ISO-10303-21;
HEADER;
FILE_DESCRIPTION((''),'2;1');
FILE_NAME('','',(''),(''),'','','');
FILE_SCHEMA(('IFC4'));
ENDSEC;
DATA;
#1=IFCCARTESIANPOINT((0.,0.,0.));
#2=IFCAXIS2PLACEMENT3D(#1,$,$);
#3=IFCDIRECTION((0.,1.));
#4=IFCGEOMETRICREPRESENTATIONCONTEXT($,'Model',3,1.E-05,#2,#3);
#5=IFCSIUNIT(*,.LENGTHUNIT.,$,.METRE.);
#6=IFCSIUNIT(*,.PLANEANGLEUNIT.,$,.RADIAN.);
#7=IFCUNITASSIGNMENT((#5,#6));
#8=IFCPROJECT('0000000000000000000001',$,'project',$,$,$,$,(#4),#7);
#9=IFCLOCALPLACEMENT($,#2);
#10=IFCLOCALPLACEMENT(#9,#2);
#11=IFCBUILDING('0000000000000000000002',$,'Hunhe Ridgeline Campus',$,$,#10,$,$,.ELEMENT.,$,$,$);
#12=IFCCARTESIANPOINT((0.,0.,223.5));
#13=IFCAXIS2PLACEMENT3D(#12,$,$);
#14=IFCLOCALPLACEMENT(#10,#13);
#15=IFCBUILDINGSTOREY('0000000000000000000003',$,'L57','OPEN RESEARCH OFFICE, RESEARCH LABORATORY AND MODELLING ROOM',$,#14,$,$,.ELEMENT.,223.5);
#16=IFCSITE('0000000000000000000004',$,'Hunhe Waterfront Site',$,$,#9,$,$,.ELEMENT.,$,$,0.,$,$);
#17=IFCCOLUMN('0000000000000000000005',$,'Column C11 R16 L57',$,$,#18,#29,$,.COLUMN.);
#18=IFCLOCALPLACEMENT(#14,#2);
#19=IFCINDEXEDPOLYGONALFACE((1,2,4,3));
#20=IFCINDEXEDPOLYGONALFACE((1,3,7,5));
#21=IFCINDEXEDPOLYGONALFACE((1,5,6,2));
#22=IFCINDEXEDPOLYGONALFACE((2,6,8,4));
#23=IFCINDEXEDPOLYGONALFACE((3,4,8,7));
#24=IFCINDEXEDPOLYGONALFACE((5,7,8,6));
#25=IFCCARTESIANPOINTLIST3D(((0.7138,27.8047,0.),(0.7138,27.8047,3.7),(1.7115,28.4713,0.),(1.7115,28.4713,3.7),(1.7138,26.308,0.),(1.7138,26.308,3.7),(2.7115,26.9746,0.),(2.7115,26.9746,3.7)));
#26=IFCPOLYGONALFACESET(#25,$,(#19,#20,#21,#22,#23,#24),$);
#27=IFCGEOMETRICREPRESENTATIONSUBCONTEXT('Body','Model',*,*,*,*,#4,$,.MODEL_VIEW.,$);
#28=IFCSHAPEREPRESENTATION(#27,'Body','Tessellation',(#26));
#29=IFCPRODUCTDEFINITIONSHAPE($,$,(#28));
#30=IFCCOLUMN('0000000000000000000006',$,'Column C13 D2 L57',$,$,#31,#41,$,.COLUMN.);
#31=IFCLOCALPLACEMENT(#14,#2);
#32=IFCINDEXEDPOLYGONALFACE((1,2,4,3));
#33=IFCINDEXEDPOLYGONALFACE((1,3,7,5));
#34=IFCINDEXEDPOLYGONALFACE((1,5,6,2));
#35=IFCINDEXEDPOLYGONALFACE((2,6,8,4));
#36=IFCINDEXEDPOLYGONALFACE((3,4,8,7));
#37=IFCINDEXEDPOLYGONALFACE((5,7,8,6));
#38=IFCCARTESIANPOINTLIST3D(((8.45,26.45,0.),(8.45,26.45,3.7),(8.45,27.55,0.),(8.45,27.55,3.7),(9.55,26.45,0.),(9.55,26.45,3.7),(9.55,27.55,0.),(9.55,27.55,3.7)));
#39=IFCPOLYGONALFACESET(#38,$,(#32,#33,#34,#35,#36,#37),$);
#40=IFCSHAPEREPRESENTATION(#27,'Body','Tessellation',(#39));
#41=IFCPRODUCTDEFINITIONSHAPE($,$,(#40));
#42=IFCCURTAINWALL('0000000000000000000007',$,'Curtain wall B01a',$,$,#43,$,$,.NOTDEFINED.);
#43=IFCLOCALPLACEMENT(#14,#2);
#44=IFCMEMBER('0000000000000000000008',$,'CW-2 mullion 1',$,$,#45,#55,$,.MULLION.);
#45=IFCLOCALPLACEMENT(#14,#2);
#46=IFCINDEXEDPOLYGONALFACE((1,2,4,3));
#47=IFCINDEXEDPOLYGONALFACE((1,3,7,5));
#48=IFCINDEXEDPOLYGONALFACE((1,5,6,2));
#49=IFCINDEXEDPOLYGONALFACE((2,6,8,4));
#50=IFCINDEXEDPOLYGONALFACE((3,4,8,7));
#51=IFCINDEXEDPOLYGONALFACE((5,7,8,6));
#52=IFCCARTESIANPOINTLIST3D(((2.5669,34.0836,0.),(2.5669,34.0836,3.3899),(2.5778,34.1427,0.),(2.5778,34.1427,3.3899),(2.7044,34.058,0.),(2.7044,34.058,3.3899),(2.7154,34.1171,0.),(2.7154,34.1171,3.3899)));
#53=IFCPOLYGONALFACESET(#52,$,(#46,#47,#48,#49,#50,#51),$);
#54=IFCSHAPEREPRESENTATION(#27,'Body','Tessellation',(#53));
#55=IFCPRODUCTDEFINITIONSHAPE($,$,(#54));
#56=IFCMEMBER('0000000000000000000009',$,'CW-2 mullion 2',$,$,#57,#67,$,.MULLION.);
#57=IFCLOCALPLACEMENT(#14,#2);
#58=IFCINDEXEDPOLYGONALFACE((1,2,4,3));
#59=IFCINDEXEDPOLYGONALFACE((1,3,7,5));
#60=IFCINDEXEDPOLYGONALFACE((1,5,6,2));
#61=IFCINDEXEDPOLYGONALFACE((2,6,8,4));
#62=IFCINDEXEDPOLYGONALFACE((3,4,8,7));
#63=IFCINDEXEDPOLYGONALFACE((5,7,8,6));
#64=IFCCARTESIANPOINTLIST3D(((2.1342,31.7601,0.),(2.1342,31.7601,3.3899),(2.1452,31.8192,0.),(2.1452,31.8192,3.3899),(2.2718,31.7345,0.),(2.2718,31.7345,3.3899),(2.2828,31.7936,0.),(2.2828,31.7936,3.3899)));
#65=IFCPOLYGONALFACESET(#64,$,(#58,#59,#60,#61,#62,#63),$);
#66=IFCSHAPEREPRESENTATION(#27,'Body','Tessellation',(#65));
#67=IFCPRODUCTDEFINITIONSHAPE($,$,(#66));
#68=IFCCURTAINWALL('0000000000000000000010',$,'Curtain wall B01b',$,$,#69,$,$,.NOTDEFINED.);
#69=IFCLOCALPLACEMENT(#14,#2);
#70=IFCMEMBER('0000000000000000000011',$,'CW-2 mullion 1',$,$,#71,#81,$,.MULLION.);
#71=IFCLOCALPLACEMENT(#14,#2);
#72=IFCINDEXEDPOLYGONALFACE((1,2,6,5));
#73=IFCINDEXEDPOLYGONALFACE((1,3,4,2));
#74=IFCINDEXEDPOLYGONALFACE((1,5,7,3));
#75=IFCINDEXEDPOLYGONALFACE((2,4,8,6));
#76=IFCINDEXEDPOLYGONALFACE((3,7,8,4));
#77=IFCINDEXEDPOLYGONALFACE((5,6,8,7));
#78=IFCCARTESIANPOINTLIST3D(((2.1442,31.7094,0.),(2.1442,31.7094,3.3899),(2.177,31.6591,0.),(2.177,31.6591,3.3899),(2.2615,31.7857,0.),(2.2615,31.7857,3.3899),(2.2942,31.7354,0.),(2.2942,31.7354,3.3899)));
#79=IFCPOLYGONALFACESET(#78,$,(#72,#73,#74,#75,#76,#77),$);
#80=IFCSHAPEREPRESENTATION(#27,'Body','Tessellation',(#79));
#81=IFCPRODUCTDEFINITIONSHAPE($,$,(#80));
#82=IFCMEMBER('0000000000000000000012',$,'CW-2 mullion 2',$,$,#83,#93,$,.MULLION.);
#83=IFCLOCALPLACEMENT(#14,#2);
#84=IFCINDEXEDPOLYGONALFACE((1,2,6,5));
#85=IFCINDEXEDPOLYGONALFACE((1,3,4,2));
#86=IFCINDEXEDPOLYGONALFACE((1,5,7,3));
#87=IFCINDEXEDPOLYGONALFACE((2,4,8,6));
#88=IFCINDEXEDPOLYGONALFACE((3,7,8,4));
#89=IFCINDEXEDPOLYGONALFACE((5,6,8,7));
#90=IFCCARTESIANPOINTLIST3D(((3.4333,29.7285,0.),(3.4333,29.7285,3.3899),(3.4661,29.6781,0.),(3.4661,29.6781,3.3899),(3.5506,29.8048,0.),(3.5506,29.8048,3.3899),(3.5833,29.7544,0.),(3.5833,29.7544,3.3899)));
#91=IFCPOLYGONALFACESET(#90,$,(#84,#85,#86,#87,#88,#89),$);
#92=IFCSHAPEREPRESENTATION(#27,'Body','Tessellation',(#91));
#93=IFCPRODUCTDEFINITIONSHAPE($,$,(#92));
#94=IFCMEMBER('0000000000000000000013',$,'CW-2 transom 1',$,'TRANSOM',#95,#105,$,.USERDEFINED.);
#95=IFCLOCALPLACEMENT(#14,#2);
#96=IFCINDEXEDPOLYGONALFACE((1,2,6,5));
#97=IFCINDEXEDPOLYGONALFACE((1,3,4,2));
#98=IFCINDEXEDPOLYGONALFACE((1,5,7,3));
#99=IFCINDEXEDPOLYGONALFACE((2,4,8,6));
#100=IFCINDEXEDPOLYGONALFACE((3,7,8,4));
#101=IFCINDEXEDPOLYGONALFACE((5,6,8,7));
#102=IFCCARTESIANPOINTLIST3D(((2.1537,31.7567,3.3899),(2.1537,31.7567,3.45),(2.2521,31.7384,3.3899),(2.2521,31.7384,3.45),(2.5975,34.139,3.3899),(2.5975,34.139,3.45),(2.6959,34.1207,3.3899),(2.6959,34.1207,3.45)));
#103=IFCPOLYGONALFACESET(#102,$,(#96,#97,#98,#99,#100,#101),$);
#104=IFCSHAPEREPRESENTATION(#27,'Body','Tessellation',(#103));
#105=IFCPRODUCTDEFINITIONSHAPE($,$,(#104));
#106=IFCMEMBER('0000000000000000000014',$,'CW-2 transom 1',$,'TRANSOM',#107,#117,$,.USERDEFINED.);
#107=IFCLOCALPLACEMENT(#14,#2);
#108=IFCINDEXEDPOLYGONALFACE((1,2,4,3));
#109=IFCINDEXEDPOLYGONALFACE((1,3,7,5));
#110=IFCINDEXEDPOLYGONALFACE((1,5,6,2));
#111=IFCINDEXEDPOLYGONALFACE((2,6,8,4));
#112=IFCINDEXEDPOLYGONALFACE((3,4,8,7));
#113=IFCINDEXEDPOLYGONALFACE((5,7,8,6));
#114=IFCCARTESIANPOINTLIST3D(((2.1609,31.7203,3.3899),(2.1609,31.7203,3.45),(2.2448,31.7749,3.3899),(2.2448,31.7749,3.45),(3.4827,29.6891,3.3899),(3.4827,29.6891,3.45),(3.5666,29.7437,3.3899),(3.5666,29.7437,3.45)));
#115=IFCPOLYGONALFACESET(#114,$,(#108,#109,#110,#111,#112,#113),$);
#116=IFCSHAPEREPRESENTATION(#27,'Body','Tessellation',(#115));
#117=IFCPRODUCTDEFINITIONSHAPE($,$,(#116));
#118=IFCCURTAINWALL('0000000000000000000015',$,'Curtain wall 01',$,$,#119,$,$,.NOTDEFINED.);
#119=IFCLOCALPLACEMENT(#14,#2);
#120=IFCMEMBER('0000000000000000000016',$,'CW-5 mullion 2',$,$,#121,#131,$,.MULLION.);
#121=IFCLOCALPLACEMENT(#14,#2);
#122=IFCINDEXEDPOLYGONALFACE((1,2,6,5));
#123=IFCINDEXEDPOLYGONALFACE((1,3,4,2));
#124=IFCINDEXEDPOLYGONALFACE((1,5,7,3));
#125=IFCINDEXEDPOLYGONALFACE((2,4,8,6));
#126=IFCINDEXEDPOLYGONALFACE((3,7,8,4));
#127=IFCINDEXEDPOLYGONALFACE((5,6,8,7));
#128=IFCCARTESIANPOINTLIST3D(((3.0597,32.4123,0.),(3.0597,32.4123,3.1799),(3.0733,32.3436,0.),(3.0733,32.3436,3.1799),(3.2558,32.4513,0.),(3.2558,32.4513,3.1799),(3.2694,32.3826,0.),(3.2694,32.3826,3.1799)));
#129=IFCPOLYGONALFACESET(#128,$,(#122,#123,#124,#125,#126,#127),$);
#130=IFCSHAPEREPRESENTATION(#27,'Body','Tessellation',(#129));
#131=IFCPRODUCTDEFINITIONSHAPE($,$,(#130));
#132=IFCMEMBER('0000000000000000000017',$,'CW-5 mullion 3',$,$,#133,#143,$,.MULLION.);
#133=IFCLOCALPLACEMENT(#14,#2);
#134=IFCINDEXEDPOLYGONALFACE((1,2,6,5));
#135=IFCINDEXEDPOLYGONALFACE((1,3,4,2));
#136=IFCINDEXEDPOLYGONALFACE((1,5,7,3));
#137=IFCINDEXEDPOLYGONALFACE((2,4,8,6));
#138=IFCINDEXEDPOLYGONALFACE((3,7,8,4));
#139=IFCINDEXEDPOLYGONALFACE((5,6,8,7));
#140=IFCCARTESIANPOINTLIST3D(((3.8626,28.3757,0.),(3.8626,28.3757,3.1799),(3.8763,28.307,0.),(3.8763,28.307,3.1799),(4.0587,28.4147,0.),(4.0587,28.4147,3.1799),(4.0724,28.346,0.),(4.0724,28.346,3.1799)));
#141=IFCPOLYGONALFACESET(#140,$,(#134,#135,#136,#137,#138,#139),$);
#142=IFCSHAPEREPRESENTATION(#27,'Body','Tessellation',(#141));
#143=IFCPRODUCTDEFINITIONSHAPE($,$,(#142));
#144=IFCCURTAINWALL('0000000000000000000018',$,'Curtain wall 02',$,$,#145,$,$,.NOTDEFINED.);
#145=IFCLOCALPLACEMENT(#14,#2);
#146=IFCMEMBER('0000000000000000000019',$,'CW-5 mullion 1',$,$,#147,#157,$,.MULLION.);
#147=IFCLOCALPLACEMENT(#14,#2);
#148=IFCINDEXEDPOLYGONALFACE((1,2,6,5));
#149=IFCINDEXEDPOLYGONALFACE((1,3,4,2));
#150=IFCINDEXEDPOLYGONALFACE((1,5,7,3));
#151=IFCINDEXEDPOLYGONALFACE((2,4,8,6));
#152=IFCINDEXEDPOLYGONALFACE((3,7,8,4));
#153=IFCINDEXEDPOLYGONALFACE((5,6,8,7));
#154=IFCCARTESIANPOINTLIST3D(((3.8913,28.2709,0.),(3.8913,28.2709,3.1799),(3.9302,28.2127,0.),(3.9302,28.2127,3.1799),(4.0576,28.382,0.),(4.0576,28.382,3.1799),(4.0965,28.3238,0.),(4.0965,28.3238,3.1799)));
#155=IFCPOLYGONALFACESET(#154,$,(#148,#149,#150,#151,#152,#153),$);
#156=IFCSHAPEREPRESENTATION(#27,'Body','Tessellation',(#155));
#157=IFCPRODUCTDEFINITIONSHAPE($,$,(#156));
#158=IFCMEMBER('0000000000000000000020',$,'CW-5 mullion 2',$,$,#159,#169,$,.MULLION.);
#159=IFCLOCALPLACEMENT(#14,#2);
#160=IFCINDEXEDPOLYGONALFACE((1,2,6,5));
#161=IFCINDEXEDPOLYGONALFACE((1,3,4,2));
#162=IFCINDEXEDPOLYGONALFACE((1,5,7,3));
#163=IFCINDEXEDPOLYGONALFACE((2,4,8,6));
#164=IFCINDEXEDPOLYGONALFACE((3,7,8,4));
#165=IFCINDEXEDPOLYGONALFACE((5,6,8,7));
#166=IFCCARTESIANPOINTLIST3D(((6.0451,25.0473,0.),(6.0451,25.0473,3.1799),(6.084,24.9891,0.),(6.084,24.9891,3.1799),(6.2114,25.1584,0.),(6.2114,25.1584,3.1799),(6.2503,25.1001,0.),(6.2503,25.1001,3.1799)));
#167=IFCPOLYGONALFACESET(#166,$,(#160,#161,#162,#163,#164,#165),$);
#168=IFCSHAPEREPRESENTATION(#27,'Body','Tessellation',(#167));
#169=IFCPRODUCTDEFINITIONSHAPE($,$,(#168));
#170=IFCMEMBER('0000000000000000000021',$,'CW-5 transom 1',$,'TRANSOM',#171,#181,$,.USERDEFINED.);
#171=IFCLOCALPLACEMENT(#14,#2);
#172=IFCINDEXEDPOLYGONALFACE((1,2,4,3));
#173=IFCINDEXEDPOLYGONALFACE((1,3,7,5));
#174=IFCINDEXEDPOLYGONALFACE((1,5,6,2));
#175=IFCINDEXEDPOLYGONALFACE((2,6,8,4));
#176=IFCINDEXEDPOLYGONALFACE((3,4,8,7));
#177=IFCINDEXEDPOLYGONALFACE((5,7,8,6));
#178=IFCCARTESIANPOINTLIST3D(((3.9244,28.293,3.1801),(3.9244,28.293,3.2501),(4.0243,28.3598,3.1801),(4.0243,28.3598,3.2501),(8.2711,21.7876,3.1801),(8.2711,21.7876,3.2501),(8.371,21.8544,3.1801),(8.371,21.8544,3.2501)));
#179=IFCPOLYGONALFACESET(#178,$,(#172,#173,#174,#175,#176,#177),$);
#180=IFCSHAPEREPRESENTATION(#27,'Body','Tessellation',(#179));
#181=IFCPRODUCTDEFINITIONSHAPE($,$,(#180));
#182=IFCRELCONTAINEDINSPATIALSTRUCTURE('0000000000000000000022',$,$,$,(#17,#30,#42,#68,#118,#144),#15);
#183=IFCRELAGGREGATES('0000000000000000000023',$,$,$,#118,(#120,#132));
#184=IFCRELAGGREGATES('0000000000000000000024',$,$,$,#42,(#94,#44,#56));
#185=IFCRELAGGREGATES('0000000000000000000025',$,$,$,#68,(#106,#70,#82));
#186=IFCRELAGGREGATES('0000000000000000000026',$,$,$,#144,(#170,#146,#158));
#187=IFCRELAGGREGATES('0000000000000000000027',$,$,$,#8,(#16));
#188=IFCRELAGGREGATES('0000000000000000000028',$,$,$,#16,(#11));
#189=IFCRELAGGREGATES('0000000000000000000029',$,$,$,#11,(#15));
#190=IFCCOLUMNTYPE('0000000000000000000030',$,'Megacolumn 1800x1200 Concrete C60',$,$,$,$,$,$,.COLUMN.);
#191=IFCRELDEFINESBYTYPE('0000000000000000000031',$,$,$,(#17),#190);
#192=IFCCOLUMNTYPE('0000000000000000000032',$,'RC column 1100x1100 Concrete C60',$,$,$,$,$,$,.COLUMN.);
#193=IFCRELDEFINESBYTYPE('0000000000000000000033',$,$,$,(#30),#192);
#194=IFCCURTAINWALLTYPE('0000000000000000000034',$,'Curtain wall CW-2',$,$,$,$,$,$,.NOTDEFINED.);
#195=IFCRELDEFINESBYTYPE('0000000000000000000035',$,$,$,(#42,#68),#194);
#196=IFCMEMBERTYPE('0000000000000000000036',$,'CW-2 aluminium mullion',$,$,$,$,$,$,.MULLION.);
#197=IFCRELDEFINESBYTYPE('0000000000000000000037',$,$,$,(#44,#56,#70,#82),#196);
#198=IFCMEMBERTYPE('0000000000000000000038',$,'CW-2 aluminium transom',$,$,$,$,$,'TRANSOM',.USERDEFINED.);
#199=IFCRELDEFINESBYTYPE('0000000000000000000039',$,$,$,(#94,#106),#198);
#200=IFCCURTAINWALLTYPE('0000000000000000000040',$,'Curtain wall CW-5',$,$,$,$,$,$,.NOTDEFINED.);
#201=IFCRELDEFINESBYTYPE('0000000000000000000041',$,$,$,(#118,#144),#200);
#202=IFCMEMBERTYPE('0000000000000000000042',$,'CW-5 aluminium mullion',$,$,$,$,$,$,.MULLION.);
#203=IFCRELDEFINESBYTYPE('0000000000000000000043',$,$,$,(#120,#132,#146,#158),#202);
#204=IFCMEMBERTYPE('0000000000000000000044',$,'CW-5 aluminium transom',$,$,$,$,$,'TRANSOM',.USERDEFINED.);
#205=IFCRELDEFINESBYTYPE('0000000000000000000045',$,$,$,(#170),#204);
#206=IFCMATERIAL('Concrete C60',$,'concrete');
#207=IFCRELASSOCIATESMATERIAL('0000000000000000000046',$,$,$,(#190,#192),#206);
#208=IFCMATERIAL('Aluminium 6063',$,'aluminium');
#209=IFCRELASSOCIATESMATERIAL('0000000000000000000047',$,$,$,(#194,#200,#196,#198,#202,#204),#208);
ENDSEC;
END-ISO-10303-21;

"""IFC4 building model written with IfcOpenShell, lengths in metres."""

from ifc_helpers import new_model, si_unit, direction, frame, origin, origin_2d, place, context, subcontext, project, spatial, rectangle, extrude, material, material_profile, profile_set, type_object, element, aggregate, save


model = new_model("IFC4")

# Units and contexts
model_context = context("Model", 3, precision=1e-05, world=origin(), true_north=direction((0.0, 1.0)))
body_context = subcontext(model_context, "Body", "Model", "MODEL_VIEW")
ifc_project = project(units=[si_unit("LENGTHUNIT", "METRE"), si_unit("PLANEANGLEUNIT", "RADIAN")], contexts=[model_context])

# Site, building, storey
site_placement = place(None, origin())
site = spatial("IfcSite", under=ifc_project, at=site_placement, Name="Hunhe Waterfront Site", CompositionType="ELEMENT", RefElevation=0.0)
building_placement = place(site_placement, origin())
building = spatial("IfcBuilding", under=site, at=building_placement, Name="Hunhe Ridgeline Campus", CompositionType="ELEMENT")
storey_placement = place(building_placement, frame((0.0, 0.0, 223.5)))
storey = spatial("IfcBuildingStorey", under=building, at=storey_placement, Name="L57", Description="OPEN RESEARCH OFFICE, RESEARCH LABORATORY AND MODELLING ROOM", CompositionType="ELEMENT", Elevation=223.5)

# Columns
ifc_material_1 = material(Name="Concrete C60", Category="concrete")
ifc_material_profile_1 = material_profile(ifc_material_1, rectangle(XDim=1.8, YDim=1.2, at=origin_2d()))
ifc_profile_set_1 = profile_set([ifc_material_profile_1], Name="Concrete C60")
column_type_1 = type_object("IfcColumnType", Name="Megacolumn 1800x1200 Concrete C60", PredefinedType="COLUMN", material=ifc_profile_set_1)
column_1_placement = place(storey_placement, frame((1.7126, 27.3896, 0.0), z_axis=(0.0, 0.0, 1.0), x_axis=(-0.55557, 0.83147, 0.0)))
element("IfcColumn", 1, at=column_1_placement, inside=storey, type_object=column_type_1, Name="Column C11 R16 L57", PredefinedType="COLUMN", context=body_context, shape_type="SweptSolid", body=[
    extrude(rectangle(XDim=1.8, YDim=1.2, at=origin_2d()), origin(), (0.0, 0.0, 1.0), 3.7),
])
ifc_material_profile_2 = material_profile(ifc_material_1, rectangle(XDim=1.1001, YDim=1.1001, at=origin_2d()))
ifc_profile_set_2 = profile_set([ifc_material_profile_2], Name="Concrete C60")
column_type_2 = type_object("IfcColumnType", Name="RC column 1100x1100 Concrete C60", PredefinedType="COLUMN", material=ifc_profile_set_2)
column_2_placement = place(storey_placement, frame((9.0, 27.0, 0.0), z_axis=(0.0, 0.0, 1.0), x_axis=(1.0, 0.0, 0.0)))
element("IfcColumn", 2, at=column_2_placement, inside=storey, type_object=column_type_2, Name="Column C13 D2 L57", PredefinedType="COLUMN", context=body_context, shape_type="SweptSolid", body=[
    extrude(rectangle(XDim=1.1001, YDim=1.1001, at=origin_2d()), origin(), (0.0, 0.0, 1.0), 3.7),
])

# Curtain walls, members
ifc_material_2 = material(Name="Aluminium 6063", Category="aluminium")
curtain_wall_type_1 = type_object("IfcCurtainWallType", Name="Curtain wall CW-2", PredefinedType="NOTDEFINED", material=ifc_material_2)
curtain_wall_1_placement = place(storey_placement, origin())
curtain_wall_1 = element("IfcCurtainWall", 3, at=curtain_wall_1_placement, inside=storey, type_object=curtain_wall_type_1, Name="Curtain wall B01a", PredefinedType="NOTDEFINED")
ifc_material_profile_3 = material_profile(ifc_material_2, rectangle(XDim=0.1399, YDim=0.0601, at=origin_2d()))
ifc_profile_set_3 = profile_set([ifc_material_profile_3], Name="Aluminium 6063")
member_type_1 = type_object("IfcMemberType", Name="CW-2 aluminium mullion", PredefinedType="MULLION", material=ifc_profile_set_3)
member_1_placement = place(storey_placement, frame((2.6411, 34.1003, 0.0), z_axis=(0.0, 0.0, 1.0), x_axis=(0.983092, -0.183113, 0.0)))
member_1 = element("IfcMember", 4, at=member_1_placement, type_object=member_type_1, Name="CW-2 mullion 1", PredefinedType="MULLION", context=body_context, shape_type="SweptSolid", body=[
    extrude(rectangle(XDim=0.1399, YDim=0.0601, at=origin_2d()), origin(), (0.0, 0.0, 1.0), 3.3899),
])
member_2_placement = place(storey_placement, frame((2.2085, 31.7769, 0.0), z_axis=(0.0, 0.0, 1.0), x_axis=(0.983092, -0.183113, 0.0)))
member_2 = element("IfcMember", 5, at=member_2_placement, type_object=member_type_1, Name="CW-2 mullion 2", PredefinedType="MULLION", context=body_context, shape_type="SweptSolid", body=[
    extrude(rectangle(XDim=0.1399, YDim=0.0601, at=origin_2d()), origin(), (0.0, 0.0, 1.0), 3.3899),
])
curtain_wall_2_placement = place(storey_placement, origin())
curtain_wall_2 = element("IfcCurtainWall", 6, at=curtain_wall_2_placement, inside=storey, type_object=curtain_wall_type_1, Name="Curtain wall B01b", PredefinedType="NOTDEFINED")
member_3_placement = place(storey_placement, frame((2.2192, 31.7224, 0.0), z_axis=(0.0, 0.0, 1.0), x_axis=(0.838179, 0.545395, 0.0)))
member_3 = element("IfcMember", 7, at=member_3_placement, type_object=member_type_1, Name="CW-2 mullion 1", PredefinedType="MULLION", context=body_context, shape_type="SweptSolid", body=[
    extrude(rectangle(XDim=0.1399, YDim=0.0601, at=origin_2d()), origin(), (0.0, 0.0, 1.0), 3.3899),
])
member_4_placement = place(storey_placement, frame((3.5083, 29.7415, 0.0), z_axis=(0.0, 0.0, 1.0), x_axis=(0.838179, 0.545395, 0.0)))
member_4 = element("IfcMember", 8, at=member_4_placement, type_object=member_type_1, Name="CW-2 mullion 2", PredefinedType="MULLION", context=body_context, shape_type="SweptSolid", body=[
    extrude(rectangle(XDim=0.1399, YDim=0.0601, at=origin_2d()), origin(), (0.0, 0.0, 1.0), 3.3899),
])

# Members
ifc_material_profile_4 = material_profile(ifc_material_2, rectangle(XDim=0.1001, YDim=0.0601, at=origin_2d()))
ifc_profile_set_4 = profile_set([ifc_material_profile_4], Name="Aluminium 6063")
member_type_2 = type_object("IfcMemberType", Name="CW-2 aluminium transom", ElementType="TRANSOM", PredefinedType="USERDEFINED", material=ifc_profile_set_4)
member_5_placement = place(storey_placement, frame((2.6467, 34.1299, 3.4199), z_axis=(-0.183157, -0.983084, 0.0), x_axis=(0.983084, -0.183157, 0.0)))
member_5 = element("IfcMember", 9, at=member_5_placement, type_object=member_type_2, Name="CW-2 transom 1", ObjectType="TRANSOM", PredefinedType="USERDEFINED", context=body_context, shape_type="SweptSolid", body=[
    extrude(rectangle(XDim=0.1001, YDim=0.0601, at=origin_2d()), origin(), (0.0, 0.0, 1.0), 2.4233),
])
member_6_placement = place(storey_placement, frame((2.2029, 31.7476, 3.4199), z_axis=(0.545413, -0.838167, 0.0), x_axis=(0.838167, 0.545413, 0.0)))
member_6 = element("IfcMember", 10, at=member_6_placement, type_object=member_type_2, Name="CW-2 transom 1", ObjectType="TRANSOM", PredefinedType="USERDEFINED", context=body_context, shape_type="SweptSolid", body=[
    extrude(rectangle(XDim=0.1001, YDim=0.0601, at=origin_2d()), origin(), (0.0, 0.0, 1.0), 2.4233),
])

# Curtain walls, members
curtain_wall_type_2 = type_object("IfcCurtainWallType", Name="Curtain wall CW-5", PredefinedType="NOTDEFINED", material=ifc_material_2)
curtain_wall_3_placement = place(storey_placement, origin())
curtain_wall_3 = element("IfcCurtainWall", 11, at=curtain_wall_3_placement, inside=storey, type_object=curtain_wall_type_2, Name="Curtain wall 01", PredefinedType="NOTDEFINED")
ifc_material_profile_5 = material_profile(ifc_material_2, rectangle(XDim=0.2, YDim=0.0701, at=origin_2d()))
ifc_profile_set_5 = profile_set([ifc_material_profile_5], Name="Aluminium 6063")
member_type_3 = type_object("IfcMemberType", Name="CW-5 aluminium mullion", PredefinedType="MULLION", material=ifc_profile_set_5)
member_7_placement = place(storey_placement, frame((3.1646, 32.3975, 0.0), z_axis=(0.0, 0.0, 1.0), x_axis=(0.980784, 0.195095, 0.0)))
member_7 = element("IfcMember", 12, at=member_7_placement, type_object=member_type_3, Name="CW-5 mullion 2", PredefinedType="MULLION", context=body_context, shape_type="SweptSolid", body=[
    extrude(rectangle(XDim=0.2, YDim=0.0701, at=origin_2d()), origin(), (0.0, 0.0, 1.0), 3.1799),
])
member_8_placement = place(storey_placement, frame((3.9675, 28.3608, 0.0), z_axis=(0.0, 0.0, 1.0), x_axis=(0.980784, 0.195095, 0.0)))
member_8 = element("IfcMember", 13, at=member_8_placement, type_object=member_type_3, Name="CW-5 mullion 3", PredefinedType="MULLION", context=body_context, shape_type="SweptSolid", body=[
    extrude(rectangle(XDim=0.2, YDim=0.0701, at=origin_2d()), origin(), (0.0, 0.0, 1.0), 3.1799),
])
curtain_wall_4_placement = place(storey_placement, origin())
curtain_wall_4 = element("IfcCurtainWall", 14, at=curtain_wall_4_placement, inside=storey, type_object=curtain_wall_type_2, Name="Curtain wall 02", PredefinedType="NOTDEFINED")
member_9_placement = place(storey_placement, frame((3.9939, 28.2974, 0.0), z_axis=(0.0, 0.0, 1.0), x_axis=(0.83147, 0.55557, 0.0)))
member_9 = element("IfcMember", 15, at=member_9_placement, type_object=member_type_3, Name="CW-5 mullion 1", PredefinedType="MULLION", context=body_context, shape_type="SweptSolid", body=[
    extrude(rectangle(XDim=0.2, YDim=0.0701, at=origin_2d()), origin(), (0.0, 0.0, 1.0), 3.1799),
])
member_10_placement = place(storey_placement, frame((6.1477, 25.0737, 0.0), z_axis=(0.0, 0.0, 1.0), x_axis=(0.83147, 0.55557, 0.0)))
member_10 = element("IfcMember", 16, at=member_10_placement, type_object=member_type_3, Name="CW-5 mullion 2", PredefinedType="MULLION", context=body_context, shape_type="SweptSolid", body=[
    extrude(rectangle(XDim=0.2, YDim=0.0701, at=origin_2d()), origin(), (0.0, 0.0, 1.0), 3.1799),
])
ifc_material_profile_6 = material_profile(ifc_material_2, rectangle(XDim=0.1201, YDim=0.0701, at=origin_2d()))
ifc_profile_set_6 = profile_set([ifc_material_profile_6], Name="Aluminium 6063")
member_type_4 = type_object("IfcMemberType", Name="CW-5 aluminium transom", ElementType="TRANSOM", PredefinedType="USERDEFINED", material=ifc_profile_set_6)
member_11_placement = place(storey_placement, frame((3.9744, 28.3264, 3.2151), z_axis=(0.555564, -0.831474, 0.0), x_axis=(0.831474, 0.555564, 0.0)))
member_11 = element("IfcMember", 17, at=member_11_placement, type_object=member_type_4, Name="CW-5 transom 1", ObjectType="TRANSOM", PredefinedType="USERDEFINED", context=body_context, shape_type="SweptSolid", body=[
    extrude(rectangle(XDim=0.1201, YDim=0.0701, at=origin_2d()), origin(), (0.0, 0.0, 1.0), 7.824),
])

aggregate(curtain_wall_3, [member_7, member_8])
aggregate(curtain_wall_1, [member_5, member_1, member_2])
aggregate(curtain_wall_2, [member_6, member_3, member_4])
aggregate(curtain_wall_4, [member_11, member_9, member_10])

save(model, "model.ifc")
